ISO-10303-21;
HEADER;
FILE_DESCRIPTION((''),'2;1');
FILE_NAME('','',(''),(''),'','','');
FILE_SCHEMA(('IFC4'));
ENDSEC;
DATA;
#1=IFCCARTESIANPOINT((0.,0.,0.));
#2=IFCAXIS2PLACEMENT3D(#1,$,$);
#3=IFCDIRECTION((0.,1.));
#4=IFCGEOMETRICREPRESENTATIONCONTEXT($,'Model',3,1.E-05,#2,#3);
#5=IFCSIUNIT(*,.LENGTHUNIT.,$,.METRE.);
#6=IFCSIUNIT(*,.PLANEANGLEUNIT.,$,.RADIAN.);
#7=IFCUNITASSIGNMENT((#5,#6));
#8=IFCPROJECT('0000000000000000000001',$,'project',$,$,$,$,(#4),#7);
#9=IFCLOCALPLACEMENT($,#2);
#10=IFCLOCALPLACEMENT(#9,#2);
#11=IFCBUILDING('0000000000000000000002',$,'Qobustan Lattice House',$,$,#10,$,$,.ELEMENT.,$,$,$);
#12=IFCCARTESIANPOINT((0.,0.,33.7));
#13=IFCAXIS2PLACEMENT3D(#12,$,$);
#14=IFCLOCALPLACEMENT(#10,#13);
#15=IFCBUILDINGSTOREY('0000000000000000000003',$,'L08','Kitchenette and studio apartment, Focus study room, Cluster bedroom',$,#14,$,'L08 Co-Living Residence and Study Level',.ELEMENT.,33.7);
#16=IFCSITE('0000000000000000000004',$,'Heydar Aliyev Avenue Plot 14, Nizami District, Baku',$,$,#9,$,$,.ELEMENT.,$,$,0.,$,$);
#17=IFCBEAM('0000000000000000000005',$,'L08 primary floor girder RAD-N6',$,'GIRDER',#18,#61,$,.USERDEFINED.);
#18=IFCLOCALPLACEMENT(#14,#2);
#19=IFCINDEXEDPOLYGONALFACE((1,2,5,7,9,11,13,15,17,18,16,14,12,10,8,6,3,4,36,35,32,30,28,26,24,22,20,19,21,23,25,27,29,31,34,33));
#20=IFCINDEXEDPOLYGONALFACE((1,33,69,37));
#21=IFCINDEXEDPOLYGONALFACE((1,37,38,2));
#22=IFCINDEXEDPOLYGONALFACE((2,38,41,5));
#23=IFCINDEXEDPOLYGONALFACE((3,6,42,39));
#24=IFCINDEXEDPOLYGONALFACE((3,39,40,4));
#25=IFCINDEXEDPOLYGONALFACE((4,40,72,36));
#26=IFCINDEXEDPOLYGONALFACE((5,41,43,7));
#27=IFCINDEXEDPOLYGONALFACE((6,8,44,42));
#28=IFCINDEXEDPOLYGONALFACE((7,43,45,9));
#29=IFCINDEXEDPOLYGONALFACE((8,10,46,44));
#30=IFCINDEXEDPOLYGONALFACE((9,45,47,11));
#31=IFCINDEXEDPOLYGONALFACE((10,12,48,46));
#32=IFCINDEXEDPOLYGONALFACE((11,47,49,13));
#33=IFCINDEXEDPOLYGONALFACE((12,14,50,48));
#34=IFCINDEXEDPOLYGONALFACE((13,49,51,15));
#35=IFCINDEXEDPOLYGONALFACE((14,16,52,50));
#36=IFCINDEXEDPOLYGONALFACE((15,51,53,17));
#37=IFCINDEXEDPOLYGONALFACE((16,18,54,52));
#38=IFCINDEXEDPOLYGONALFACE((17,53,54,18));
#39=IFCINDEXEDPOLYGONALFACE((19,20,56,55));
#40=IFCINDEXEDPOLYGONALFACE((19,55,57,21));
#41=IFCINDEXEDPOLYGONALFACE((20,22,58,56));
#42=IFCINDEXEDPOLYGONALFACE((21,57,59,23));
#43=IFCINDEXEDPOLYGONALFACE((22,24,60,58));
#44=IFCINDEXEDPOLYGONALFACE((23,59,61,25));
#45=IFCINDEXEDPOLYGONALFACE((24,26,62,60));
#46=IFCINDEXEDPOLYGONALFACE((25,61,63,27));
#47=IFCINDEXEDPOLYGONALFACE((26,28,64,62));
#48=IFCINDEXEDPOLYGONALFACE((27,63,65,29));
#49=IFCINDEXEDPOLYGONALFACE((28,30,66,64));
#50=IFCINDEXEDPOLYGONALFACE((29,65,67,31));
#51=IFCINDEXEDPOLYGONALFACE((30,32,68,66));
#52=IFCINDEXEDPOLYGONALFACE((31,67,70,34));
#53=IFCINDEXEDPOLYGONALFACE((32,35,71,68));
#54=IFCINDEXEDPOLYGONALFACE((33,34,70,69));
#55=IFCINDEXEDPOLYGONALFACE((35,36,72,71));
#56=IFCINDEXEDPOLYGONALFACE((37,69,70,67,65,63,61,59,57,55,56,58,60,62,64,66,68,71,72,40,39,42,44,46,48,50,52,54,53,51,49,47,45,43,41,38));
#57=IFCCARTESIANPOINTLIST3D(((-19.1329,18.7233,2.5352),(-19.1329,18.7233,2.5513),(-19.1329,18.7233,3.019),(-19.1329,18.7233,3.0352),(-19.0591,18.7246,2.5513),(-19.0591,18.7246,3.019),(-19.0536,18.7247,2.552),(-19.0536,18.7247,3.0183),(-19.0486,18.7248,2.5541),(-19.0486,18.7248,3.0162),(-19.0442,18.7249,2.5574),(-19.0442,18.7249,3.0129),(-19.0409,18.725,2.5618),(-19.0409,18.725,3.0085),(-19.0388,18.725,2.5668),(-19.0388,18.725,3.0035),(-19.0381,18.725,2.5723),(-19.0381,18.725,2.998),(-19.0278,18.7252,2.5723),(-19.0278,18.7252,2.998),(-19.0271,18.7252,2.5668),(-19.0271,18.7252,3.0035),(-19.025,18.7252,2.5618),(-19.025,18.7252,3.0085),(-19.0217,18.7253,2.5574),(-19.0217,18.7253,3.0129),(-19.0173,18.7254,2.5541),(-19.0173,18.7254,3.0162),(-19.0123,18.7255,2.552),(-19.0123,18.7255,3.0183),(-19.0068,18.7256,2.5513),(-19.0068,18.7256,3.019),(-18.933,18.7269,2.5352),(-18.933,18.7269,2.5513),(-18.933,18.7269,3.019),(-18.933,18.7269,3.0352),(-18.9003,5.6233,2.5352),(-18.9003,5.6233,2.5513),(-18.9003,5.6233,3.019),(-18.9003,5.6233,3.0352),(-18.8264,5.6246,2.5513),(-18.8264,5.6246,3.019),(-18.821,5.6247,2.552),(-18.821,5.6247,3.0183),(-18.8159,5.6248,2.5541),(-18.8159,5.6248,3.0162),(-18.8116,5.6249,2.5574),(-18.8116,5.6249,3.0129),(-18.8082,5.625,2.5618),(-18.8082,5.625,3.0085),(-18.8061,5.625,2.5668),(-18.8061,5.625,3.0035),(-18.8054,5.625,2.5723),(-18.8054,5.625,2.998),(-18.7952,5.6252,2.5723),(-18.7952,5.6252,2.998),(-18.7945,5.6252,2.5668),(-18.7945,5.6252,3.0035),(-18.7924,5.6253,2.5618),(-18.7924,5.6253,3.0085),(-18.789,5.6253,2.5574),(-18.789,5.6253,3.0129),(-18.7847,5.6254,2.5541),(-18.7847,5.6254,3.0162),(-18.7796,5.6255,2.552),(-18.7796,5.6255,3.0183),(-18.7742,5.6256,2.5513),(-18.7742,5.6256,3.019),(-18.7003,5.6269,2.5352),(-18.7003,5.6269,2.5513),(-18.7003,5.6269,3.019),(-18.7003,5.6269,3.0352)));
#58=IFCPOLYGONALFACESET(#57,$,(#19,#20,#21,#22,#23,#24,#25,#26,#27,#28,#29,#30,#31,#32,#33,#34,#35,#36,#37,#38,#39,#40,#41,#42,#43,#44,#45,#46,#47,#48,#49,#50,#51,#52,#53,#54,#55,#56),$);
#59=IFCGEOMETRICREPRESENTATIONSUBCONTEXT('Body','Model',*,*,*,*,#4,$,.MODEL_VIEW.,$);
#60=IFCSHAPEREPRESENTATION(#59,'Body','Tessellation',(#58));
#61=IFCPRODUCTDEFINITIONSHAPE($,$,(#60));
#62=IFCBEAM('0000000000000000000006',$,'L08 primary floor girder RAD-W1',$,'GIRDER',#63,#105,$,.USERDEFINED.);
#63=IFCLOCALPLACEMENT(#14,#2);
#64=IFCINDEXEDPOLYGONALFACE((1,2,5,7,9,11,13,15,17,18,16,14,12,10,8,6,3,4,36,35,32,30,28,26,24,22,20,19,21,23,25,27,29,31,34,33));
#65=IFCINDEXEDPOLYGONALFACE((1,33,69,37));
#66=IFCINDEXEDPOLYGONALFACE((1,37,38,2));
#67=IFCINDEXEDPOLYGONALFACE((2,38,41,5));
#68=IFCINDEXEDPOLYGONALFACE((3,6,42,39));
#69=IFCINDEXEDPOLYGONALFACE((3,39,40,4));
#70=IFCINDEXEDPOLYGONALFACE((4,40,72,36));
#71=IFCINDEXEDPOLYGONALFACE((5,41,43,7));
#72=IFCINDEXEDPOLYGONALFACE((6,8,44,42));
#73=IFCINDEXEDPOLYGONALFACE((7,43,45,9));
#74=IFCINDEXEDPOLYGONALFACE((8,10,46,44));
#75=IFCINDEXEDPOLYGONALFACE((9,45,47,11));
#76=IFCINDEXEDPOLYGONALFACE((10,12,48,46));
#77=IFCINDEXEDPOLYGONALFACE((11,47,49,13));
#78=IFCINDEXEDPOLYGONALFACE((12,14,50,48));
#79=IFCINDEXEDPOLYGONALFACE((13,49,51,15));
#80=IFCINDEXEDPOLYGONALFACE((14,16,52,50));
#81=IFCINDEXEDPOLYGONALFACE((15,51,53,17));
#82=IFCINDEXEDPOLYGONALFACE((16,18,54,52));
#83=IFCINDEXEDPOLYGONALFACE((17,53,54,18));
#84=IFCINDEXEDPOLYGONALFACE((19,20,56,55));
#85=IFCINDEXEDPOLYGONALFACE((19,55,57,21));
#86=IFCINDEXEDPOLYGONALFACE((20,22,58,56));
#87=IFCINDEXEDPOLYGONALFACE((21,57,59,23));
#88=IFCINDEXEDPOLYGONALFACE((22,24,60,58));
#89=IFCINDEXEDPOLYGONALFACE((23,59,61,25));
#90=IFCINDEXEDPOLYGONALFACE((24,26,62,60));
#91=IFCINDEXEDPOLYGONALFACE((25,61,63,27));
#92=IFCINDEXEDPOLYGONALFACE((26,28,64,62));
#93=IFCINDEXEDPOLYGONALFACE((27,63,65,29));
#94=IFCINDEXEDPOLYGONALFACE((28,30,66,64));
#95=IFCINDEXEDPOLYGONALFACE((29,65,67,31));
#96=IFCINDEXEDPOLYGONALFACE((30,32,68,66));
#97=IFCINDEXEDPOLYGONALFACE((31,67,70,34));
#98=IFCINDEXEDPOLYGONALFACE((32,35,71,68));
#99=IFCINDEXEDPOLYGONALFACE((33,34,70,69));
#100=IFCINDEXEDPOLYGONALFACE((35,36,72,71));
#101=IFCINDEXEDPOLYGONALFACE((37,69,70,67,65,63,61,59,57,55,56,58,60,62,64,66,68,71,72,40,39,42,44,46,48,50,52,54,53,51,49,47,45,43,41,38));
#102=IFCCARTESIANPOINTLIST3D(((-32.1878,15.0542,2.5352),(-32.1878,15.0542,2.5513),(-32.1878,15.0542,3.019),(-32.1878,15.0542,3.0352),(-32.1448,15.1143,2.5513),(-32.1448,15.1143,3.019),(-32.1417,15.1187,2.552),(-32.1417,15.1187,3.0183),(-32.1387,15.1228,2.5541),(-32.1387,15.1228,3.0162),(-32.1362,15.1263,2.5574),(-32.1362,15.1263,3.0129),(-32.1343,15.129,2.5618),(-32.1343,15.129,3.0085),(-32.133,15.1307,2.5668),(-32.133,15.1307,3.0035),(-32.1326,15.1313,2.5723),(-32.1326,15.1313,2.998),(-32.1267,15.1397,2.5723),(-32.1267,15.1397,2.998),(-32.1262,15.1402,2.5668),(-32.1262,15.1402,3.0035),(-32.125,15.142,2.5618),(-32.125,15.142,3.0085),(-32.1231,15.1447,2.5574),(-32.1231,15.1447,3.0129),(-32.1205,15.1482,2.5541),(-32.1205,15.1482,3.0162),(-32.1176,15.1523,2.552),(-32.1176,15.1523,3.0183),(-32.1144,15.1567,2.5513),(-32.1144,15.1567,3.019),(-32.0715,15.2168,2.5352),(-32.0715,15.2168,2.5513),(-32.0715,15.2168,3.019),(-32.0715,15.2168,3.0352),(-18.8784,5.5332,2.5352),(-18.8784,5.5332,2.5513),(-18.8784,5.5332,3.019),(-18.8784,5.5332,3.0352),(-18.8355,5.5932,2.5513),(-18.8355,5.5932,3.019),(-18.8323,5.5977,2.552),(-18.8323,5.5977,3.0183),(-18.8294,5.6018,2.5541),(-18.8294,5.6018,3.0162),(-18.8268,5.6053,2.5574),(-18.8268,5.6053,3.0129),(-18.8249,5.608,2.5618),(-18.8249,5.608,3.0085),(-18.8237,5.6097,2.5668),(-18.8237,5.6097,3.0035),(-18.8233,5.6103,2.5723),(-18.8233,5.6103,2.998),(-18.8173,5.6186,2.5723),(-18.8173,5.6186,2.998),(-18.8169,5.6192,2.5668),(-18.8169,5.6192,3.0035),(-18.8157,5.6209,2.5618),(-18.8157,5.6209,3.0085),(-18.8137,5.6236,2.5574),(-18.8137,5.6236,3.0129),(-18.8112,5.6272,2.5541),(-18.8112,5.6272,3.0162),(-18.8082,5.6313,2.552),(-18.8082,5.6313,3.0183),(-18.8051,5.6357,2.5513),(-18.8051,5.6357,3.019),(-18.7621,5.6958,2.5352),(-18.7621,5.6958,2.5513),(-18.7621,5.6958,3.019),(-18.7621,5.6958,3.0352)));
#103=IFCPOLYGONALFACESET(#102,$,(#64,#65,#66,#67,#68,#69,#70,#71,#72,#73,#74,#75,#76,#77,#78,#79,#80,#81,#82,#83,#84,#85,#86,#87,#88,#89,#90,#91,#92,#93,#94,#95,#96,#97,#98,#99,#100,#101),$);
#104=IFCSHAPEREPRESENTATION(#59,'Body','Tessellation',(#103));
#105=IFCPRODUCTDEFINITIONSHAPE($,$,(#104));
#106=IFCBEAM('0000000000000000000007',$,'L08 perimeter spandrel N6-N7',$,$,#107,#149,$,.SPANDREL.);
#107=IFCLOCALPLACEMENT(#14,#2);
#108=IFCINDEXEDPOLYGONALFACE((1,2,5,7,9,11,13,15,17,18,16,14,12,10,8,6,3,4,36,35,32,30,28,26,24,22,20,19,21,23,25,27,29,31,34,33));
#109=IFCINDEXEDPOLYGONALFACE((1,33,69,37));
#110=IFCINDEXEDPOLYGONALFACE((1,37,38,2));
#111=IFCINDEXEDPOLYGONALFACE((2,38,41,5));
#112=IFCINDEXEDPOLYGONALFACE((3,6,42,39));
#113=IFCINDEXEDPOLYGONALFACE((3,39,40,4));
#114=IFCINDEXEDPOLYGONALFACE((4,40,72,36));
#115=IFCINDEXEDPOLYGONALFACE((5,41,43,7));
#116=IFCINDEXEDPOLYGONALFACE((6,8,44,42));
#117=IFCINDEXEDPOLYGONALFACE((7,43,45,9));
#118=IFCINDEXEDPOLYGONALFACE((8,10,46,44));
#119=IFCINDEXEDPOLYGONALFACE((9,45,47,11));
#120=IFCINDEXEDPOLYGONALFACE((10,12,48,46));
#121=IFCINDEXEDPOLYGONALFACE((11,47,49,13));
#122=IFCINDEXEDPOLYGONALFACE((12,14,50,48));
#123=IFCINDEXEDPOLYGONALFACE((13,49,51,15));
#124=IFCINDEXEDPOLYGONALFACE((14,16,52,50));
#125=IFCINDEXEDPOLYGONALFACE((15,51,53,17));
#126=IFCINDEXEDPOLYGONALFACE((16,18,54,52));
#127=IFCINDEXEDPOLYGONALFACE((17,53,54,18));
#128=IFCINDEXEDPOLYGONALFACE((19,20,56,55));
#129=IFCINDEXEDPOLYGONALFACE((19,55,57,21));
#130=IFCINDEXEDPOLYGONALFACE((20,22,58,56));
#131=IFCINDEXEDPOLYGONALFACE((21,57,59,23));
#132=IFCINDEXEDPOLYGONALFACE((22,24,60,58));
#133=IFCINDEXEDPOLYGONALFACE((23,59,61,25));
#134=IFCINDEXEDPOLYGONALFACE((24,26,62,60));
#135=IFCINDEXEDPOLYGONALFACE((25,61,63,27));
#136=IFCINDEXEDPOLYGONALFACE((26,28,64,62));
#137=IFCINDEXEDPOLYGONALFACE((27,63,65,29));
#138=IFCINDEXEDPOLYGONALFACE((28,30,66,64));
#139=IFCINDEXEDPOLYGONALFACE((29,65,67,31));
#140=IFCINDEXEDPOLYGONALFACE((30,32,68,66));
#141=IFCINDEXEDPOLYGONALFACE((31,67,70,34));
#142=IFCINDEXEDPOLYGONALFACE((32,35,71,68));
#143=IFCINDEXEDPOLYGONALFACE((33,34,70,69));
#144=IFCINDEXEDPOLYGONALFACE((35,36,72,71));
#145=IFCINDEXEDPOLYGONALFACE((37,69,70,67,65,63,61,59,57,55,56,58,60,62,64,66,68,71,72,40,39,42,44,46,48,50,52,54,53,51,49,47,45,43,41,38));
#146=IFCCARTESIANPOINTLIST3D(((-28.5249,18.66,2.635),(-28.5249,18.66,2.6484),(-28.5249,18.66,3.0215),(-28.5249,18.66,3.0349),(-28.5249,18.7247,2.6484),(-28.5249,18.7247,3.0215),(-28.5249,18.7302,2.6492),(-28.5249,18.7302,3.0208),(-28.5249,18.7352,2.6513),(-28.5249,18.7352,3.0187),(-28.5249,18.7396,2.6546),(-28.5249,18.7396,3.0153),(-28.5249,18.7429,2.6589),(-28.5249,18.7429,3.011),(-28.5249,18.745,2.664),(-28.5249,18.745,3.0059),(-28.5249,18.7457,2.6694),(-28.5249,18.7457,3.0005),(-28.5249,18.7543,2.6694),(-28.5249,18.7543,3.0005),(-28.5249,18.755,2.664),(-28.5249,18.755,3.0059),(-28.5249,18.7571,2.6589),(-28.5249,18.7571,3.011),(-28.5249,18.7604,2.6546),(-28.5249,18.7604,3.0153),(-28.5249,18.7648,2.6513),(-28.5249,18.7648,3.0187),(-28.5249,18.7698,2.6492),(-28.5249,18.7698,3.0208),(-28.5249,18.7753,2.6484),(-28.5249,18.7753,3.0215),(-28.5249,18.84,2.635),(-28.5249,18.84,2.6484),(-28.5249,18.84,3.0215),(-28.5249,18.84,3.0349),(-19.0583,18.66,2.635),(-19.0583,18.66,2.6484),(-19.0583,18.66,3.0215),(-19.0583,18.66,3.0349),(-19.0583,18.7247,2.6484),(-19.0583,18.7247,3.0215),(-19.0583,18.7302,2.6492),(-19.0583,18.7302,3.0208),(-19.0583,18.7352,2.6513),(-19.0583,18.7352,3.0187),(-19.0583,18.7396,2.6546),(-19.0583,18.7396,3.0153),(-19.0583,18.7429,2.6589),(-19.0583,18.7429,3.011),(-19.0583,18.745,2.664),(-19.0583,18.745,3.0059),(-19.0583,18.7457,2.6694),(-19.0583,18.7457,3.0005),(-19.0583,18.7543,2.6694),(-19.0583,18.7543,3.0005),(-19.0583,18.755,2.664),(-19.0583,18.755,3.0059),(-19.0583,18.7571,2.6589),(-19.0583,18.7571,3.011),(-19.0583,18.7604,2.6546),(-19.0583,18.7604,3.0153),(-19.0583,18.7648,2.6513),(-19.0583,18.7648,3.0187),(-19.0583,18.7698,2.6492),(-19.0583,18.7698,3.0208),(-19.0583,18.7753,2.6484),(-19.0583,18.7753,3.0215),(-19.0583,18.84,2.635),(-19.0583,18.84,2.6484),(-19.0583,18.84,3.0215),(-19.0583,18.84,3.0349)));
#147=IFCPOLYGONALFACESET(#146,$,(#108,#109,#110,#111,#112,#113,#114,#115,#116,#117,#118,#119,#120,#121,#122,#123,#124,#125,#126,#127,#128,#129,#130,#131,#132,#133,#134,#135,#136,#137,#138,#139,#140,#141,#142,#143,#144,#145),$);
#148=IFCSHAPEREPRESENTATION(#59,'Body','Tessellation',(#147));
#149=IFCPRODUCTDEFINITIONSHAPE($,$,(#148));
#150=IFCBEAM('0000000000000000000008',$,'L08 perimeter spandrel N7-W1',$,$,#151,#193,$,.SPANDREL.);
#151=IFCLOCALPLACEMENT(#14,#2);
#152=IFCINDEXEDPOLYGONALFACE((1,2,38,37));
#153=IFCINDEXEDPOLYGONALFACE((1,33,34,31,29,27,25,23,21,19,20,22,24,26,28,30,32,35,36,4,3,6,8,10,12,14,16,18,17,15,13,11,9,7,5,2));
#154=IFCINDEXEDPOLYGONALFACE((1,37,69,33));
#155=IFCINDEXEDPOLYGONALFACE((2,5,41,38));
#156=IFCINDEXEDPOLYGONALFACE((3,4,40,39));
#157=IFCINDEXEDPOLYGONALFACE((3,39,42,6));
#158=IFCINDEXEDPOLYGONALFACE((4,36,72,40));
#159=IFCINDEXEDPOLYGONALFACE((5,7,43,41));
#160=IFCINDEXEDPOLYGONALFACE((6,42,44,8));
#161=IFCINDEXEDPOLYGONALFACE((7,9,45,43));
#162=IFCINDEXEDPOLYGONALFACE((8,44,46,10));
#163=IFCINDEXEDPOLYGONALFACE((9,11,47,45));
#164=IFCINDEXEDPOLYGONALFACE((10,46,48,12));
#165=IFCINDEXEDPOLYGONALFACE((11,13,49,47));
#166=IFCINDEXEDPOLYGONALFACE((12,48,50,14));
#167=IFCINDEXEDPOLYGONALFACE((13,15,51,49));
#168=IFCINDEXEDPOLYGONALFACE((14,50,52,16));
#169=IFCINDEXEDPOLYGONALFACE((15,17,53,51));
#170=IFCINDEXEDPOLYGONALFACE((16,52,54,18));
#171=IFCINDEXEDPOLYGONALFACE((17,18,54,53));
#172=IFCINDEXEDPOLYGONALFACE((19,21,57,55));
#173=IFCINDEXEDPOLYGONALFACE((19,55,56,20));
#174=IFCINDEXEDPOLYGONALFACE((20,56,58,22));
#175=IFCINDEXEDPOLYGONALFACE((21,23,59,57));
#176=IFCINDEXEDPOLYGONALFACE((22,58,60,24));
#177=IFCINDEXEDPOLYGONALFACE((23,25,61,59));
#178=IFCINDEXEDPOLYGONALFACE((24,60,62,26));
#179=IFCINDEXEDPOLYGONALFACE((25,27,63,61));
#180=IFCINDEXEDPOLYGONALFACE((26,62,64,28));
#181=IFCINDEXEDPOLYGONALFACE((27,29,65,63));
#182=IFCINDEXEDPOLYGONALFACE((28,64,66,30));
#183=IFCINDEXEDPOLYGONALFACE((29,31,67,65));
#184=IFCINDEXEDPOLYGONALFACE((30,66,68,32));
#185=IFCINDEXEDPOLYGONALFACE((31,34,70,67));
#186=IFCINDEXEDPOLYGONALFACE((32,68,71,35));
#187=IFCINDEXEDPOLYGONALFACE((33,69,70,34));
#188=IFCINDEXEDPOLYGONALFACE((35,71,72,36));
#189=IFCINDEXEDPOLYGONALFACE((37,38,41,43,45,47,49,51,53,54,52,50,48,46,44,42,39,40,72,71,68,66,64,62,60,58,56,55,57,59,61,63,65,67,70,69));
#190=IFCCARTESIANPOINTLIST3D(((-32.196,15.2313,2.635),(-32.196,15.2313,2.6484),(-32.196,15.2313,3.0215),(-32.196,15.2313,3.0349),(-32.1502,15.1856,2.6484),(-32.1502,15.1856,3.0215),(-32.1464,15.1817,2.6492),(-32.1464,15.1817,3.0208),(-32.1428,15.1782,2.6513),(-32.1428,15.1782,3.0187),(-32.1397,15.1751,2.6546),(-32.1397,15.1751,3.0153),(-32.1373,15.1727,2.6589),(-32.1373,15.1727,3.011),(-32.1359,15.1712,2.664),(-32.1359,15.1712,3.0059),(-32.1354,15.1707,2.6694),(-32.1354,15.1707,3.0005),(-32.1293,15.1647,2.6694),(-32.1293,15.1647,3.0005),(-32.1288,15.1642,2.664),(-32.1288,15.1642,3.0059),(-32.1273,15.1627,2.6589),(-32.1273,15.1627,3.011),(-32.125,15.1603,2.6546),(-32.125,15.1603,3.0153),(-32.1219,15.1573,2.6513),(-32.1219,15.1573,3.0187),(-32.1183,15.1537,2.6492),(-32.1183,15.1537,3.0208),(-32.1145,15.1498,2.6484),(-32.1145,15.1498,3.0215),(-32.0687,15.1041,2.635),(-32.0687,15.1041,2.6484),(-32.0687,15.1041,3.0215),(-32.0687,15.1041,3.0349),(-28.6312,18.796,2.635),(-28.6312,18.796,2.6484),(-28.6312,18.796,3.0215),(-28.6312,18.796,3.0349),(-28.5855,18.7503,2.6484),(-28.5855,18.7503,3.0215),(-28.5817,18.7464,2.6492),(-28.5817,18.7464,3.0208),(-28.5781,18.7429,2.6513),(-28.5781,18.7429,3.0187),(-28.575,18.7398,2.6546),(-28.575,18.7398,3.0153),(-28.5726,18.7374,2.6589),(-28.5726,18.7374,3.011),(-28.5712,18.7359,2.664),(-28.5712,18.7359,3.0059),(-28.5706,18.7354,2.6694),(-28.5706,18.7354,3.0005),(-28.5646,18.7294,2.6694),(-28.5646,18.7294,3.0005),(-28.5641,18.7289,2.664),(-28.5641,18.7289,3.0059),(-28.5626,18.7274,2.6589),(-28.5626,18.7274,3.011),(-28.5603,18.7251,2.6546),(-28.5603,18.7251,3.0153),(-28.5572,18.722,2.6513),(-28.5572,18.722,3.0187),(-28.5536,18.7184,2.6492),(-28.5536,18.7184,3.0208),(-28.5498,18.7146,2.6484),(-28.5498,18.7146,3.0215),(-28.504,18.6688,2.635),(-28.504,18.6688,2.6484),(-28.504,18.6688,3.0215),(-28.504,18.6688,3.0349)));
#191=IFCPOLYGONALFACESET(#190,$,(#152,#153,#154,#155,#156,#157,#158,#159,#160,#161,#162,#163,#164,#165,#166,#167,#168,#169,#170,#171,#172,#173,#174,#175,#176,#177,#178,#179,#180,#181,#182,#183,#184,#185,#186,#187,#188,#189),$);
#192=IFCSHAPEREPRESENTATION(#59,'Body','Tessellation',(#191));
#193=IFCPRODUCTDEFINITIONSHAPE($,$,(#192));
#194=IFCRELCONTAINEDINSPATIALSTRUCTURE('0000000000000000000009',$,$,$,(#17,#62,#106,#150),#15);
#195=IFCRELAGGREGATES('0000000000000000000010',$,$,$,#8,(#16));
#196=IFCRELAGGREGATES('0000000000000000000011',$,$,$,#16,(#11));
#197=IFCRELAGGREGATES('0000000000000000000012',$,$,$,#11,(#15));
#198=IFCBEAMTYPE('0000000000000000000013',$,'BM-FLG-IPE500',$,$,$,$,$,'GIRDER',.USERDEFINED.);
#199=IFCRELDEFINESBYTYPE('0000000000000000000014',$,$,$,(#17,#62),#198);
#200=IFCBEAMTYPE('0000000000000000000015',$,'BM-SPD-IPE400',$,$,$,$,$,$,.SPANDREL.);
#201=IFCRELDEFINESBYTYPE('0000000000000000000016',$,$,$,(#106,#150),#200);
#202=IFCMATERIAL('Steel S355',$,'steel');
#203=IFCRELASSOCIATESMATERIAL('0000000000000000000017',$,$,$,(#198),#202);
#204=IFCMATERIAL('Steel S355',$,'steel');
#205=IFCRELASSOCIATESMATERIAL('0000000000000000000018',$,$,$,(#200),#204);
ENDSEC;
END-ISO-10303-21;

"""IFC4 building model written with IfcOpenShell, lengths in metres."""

from ifc_helpers import new_model, si_unit, direction, frame, origin, origin_2d, place, context, subcontext, project, spatial, i_section, extrude, material, material_profile, profile_set, type_object, element, save


model = new_model("IFC4")

# Units and contexts
model_context = context("Model", 3, precision=1e-05, world=origin(), true_north=direction((0.0, 1.0)))
body_context = subcontext(model_context, "Body", "Model", "MODEL_VIEW")
ifc_project = project(units=[si_unit("LENGTHUNIT", "METRE"), si_unit("PLANEANGLEUNIT", "RADIAN")], contexts=[model_context])

# Site, building, storey
site_placement = place(None, origin())
site = spatial("IfcSite", under=ifc_project, at=site_placement, Name="Heydar Aliyev Avenue Plot 14, Nizami District, Baku", CompositionType="ELEMENT", RefElevation=0.0)
building_placement = place(site_placement, origin())
building = spatial("IfcBuilding", under=site, at=building_placement, Name="Qobustan Lattice House", CompositionType="ELEMENT")
storey_placement = place(building_placement, frame((0.0, 0.0, 33.7)))
storey = spatial("IfcBuildingStorey", under=building, at=storey_placement, Name="L08", Description="Kitchenette and studio apartment, Focus study room, Cluster bedroom", LongName="L08 Co-Living Residence and Study Level", CompositionType="ELEMENT", Elevation=33.7)

# Beams
ifc_material_1 = material(Name="Steel S355", Category="steel")
ifc_material_profile_1 = material_profile(ifc_material_1, i_section(OverallWidth=0.2, OverallDepth=0.5, WebThickness=0.0103, FlangeThickness=0.0161, FilletRadius=0.021, at=origin_2d()), Name="IPE500")
ifc_profile_set_1 = profile_set([ifc_material_profile_1], Name="Steel S355")
beam_type_1 = type_object("IfcBeamType", Name="BM-FLG-IPE500", ElementType="GIRDER", PredefinedType="USERDEFINED", material=ifc_profile_set_1)
beam_1_placement = place(storey_placement, frame((-19.033, 18.7251, 2.7852), z_axis=(0.017758, -0.999842, 0.0), x_axis=(0.999842, 0.017758, 0.0)))
element("IfcBeam", 1, at=beam_1_placement, inside=storey, type_object=beam_type_1, Name="L08 primary floor girder RAD-N6", ObjectType="GIRDER", PredefinedType="USERDEFINED", context=body_context, shape_type="SweptSolid", body=[
    extrude(i_section(OverallWidth=0.2, OverallDepth=0.5, WebThickness=0.0103, FlangeThickness=0.0161, FilletRadius=0.021, at=origin_2d()), origin(), (0.0, 0.0, 1.0), 13.1021),
])
beam_2_placement = place(storey_placement, frame((-32.1296, 15.1355, 2.7852), z_axis=(0.813319, -0.581818, 0.0), x_axis=(0.581818, 0.813319, 0.0)))
element("IfcBeam", 2, at=beam_2_placement, inside=storey, type_object=beam_type_1, Name="L08 primary floor girder RAD-W1", ObjectType="GIRDER", PredefinedType="USERDEFINED", context=body_context, shape_type="SweptSolid", body=[
    extrude(i_section(OverallWidth=0.2, OverallDepth=0.5, WebThickness=0.0103, FlangeThickness=0.0161, FilletRadius=0.021, at=origin_2d()), origin(), (0.0, 0.0, 1.0), 16.3643),
])
ifc_material_2 = material(Name="Steel S355", Category="steel")
ifc_material_profile_2 = material_profile(ifc_material_2, i_section(OverallWidth=0.1799, OverallDepth=0.3999, WebThickness=0.0085, FlangeThickness=0.0134, FilletRadius=0.021, at=origin_2d()), Name="IPE400")
ifc_profile_set_2 = profile_set([ifc_material_profile_2], Name="Steel S355")
beam_type_2 = type_object("IfcBeamType", Name="BM-SPD-IPE400", PredefinedType="SPANDREL", material=ifc_profile_set_2)
beam_3_placement = place(storey_placement, frame((-19.0583, 18.75, 2.835), z_axis=(-1.0, 0.0, 0.0), x_axis=(0.0, -1.0, 0.0)))
element("IfcBeam", 3, at=beam_3_placement, inside=storey, type_object=beam_type_2, Name="L08 perimeter spandrel N6-N7", PredefinedType="SPANDREL", context=body_context, shape_type="SweptSolid", body=[
    extrude(i_section(OverallWidth=0.1799, OverallDepth=0.3999, WebThickness=0.0085, FlangeThickness=0.0134, FilletRadius=0.021, at=origin_2d()), origin(), (0.0, 0.0, 1.0), 9.4666),
])
beam_4_placement = place(storey_placement, frame((-28.5676, 18.7324, 2.835), z_axis=(-0.707107, -0.707107, 0.0), x_axis=(0.707107, -0.707107, 0.0)))
element("IfcBeam", 4, at=beam_4_placement, inside=storey, type_object=beam_type_2, Name="L08 perimeter spandrel N7-W1", PredefinedType="SPANDREL", context=body_context, shape_type="SweptSolid", body=[
    extrude(i_section(OverallWidth=0.1799, OverallDepth=0.3999, WebThickness=0.0085, FlangeThickness=0.0134, FilletRadius=0.021, at=origin_2d()), origin(), (0.0, 0.0, 1.0), 5.0413),
])

save(model, "model.ifc")
